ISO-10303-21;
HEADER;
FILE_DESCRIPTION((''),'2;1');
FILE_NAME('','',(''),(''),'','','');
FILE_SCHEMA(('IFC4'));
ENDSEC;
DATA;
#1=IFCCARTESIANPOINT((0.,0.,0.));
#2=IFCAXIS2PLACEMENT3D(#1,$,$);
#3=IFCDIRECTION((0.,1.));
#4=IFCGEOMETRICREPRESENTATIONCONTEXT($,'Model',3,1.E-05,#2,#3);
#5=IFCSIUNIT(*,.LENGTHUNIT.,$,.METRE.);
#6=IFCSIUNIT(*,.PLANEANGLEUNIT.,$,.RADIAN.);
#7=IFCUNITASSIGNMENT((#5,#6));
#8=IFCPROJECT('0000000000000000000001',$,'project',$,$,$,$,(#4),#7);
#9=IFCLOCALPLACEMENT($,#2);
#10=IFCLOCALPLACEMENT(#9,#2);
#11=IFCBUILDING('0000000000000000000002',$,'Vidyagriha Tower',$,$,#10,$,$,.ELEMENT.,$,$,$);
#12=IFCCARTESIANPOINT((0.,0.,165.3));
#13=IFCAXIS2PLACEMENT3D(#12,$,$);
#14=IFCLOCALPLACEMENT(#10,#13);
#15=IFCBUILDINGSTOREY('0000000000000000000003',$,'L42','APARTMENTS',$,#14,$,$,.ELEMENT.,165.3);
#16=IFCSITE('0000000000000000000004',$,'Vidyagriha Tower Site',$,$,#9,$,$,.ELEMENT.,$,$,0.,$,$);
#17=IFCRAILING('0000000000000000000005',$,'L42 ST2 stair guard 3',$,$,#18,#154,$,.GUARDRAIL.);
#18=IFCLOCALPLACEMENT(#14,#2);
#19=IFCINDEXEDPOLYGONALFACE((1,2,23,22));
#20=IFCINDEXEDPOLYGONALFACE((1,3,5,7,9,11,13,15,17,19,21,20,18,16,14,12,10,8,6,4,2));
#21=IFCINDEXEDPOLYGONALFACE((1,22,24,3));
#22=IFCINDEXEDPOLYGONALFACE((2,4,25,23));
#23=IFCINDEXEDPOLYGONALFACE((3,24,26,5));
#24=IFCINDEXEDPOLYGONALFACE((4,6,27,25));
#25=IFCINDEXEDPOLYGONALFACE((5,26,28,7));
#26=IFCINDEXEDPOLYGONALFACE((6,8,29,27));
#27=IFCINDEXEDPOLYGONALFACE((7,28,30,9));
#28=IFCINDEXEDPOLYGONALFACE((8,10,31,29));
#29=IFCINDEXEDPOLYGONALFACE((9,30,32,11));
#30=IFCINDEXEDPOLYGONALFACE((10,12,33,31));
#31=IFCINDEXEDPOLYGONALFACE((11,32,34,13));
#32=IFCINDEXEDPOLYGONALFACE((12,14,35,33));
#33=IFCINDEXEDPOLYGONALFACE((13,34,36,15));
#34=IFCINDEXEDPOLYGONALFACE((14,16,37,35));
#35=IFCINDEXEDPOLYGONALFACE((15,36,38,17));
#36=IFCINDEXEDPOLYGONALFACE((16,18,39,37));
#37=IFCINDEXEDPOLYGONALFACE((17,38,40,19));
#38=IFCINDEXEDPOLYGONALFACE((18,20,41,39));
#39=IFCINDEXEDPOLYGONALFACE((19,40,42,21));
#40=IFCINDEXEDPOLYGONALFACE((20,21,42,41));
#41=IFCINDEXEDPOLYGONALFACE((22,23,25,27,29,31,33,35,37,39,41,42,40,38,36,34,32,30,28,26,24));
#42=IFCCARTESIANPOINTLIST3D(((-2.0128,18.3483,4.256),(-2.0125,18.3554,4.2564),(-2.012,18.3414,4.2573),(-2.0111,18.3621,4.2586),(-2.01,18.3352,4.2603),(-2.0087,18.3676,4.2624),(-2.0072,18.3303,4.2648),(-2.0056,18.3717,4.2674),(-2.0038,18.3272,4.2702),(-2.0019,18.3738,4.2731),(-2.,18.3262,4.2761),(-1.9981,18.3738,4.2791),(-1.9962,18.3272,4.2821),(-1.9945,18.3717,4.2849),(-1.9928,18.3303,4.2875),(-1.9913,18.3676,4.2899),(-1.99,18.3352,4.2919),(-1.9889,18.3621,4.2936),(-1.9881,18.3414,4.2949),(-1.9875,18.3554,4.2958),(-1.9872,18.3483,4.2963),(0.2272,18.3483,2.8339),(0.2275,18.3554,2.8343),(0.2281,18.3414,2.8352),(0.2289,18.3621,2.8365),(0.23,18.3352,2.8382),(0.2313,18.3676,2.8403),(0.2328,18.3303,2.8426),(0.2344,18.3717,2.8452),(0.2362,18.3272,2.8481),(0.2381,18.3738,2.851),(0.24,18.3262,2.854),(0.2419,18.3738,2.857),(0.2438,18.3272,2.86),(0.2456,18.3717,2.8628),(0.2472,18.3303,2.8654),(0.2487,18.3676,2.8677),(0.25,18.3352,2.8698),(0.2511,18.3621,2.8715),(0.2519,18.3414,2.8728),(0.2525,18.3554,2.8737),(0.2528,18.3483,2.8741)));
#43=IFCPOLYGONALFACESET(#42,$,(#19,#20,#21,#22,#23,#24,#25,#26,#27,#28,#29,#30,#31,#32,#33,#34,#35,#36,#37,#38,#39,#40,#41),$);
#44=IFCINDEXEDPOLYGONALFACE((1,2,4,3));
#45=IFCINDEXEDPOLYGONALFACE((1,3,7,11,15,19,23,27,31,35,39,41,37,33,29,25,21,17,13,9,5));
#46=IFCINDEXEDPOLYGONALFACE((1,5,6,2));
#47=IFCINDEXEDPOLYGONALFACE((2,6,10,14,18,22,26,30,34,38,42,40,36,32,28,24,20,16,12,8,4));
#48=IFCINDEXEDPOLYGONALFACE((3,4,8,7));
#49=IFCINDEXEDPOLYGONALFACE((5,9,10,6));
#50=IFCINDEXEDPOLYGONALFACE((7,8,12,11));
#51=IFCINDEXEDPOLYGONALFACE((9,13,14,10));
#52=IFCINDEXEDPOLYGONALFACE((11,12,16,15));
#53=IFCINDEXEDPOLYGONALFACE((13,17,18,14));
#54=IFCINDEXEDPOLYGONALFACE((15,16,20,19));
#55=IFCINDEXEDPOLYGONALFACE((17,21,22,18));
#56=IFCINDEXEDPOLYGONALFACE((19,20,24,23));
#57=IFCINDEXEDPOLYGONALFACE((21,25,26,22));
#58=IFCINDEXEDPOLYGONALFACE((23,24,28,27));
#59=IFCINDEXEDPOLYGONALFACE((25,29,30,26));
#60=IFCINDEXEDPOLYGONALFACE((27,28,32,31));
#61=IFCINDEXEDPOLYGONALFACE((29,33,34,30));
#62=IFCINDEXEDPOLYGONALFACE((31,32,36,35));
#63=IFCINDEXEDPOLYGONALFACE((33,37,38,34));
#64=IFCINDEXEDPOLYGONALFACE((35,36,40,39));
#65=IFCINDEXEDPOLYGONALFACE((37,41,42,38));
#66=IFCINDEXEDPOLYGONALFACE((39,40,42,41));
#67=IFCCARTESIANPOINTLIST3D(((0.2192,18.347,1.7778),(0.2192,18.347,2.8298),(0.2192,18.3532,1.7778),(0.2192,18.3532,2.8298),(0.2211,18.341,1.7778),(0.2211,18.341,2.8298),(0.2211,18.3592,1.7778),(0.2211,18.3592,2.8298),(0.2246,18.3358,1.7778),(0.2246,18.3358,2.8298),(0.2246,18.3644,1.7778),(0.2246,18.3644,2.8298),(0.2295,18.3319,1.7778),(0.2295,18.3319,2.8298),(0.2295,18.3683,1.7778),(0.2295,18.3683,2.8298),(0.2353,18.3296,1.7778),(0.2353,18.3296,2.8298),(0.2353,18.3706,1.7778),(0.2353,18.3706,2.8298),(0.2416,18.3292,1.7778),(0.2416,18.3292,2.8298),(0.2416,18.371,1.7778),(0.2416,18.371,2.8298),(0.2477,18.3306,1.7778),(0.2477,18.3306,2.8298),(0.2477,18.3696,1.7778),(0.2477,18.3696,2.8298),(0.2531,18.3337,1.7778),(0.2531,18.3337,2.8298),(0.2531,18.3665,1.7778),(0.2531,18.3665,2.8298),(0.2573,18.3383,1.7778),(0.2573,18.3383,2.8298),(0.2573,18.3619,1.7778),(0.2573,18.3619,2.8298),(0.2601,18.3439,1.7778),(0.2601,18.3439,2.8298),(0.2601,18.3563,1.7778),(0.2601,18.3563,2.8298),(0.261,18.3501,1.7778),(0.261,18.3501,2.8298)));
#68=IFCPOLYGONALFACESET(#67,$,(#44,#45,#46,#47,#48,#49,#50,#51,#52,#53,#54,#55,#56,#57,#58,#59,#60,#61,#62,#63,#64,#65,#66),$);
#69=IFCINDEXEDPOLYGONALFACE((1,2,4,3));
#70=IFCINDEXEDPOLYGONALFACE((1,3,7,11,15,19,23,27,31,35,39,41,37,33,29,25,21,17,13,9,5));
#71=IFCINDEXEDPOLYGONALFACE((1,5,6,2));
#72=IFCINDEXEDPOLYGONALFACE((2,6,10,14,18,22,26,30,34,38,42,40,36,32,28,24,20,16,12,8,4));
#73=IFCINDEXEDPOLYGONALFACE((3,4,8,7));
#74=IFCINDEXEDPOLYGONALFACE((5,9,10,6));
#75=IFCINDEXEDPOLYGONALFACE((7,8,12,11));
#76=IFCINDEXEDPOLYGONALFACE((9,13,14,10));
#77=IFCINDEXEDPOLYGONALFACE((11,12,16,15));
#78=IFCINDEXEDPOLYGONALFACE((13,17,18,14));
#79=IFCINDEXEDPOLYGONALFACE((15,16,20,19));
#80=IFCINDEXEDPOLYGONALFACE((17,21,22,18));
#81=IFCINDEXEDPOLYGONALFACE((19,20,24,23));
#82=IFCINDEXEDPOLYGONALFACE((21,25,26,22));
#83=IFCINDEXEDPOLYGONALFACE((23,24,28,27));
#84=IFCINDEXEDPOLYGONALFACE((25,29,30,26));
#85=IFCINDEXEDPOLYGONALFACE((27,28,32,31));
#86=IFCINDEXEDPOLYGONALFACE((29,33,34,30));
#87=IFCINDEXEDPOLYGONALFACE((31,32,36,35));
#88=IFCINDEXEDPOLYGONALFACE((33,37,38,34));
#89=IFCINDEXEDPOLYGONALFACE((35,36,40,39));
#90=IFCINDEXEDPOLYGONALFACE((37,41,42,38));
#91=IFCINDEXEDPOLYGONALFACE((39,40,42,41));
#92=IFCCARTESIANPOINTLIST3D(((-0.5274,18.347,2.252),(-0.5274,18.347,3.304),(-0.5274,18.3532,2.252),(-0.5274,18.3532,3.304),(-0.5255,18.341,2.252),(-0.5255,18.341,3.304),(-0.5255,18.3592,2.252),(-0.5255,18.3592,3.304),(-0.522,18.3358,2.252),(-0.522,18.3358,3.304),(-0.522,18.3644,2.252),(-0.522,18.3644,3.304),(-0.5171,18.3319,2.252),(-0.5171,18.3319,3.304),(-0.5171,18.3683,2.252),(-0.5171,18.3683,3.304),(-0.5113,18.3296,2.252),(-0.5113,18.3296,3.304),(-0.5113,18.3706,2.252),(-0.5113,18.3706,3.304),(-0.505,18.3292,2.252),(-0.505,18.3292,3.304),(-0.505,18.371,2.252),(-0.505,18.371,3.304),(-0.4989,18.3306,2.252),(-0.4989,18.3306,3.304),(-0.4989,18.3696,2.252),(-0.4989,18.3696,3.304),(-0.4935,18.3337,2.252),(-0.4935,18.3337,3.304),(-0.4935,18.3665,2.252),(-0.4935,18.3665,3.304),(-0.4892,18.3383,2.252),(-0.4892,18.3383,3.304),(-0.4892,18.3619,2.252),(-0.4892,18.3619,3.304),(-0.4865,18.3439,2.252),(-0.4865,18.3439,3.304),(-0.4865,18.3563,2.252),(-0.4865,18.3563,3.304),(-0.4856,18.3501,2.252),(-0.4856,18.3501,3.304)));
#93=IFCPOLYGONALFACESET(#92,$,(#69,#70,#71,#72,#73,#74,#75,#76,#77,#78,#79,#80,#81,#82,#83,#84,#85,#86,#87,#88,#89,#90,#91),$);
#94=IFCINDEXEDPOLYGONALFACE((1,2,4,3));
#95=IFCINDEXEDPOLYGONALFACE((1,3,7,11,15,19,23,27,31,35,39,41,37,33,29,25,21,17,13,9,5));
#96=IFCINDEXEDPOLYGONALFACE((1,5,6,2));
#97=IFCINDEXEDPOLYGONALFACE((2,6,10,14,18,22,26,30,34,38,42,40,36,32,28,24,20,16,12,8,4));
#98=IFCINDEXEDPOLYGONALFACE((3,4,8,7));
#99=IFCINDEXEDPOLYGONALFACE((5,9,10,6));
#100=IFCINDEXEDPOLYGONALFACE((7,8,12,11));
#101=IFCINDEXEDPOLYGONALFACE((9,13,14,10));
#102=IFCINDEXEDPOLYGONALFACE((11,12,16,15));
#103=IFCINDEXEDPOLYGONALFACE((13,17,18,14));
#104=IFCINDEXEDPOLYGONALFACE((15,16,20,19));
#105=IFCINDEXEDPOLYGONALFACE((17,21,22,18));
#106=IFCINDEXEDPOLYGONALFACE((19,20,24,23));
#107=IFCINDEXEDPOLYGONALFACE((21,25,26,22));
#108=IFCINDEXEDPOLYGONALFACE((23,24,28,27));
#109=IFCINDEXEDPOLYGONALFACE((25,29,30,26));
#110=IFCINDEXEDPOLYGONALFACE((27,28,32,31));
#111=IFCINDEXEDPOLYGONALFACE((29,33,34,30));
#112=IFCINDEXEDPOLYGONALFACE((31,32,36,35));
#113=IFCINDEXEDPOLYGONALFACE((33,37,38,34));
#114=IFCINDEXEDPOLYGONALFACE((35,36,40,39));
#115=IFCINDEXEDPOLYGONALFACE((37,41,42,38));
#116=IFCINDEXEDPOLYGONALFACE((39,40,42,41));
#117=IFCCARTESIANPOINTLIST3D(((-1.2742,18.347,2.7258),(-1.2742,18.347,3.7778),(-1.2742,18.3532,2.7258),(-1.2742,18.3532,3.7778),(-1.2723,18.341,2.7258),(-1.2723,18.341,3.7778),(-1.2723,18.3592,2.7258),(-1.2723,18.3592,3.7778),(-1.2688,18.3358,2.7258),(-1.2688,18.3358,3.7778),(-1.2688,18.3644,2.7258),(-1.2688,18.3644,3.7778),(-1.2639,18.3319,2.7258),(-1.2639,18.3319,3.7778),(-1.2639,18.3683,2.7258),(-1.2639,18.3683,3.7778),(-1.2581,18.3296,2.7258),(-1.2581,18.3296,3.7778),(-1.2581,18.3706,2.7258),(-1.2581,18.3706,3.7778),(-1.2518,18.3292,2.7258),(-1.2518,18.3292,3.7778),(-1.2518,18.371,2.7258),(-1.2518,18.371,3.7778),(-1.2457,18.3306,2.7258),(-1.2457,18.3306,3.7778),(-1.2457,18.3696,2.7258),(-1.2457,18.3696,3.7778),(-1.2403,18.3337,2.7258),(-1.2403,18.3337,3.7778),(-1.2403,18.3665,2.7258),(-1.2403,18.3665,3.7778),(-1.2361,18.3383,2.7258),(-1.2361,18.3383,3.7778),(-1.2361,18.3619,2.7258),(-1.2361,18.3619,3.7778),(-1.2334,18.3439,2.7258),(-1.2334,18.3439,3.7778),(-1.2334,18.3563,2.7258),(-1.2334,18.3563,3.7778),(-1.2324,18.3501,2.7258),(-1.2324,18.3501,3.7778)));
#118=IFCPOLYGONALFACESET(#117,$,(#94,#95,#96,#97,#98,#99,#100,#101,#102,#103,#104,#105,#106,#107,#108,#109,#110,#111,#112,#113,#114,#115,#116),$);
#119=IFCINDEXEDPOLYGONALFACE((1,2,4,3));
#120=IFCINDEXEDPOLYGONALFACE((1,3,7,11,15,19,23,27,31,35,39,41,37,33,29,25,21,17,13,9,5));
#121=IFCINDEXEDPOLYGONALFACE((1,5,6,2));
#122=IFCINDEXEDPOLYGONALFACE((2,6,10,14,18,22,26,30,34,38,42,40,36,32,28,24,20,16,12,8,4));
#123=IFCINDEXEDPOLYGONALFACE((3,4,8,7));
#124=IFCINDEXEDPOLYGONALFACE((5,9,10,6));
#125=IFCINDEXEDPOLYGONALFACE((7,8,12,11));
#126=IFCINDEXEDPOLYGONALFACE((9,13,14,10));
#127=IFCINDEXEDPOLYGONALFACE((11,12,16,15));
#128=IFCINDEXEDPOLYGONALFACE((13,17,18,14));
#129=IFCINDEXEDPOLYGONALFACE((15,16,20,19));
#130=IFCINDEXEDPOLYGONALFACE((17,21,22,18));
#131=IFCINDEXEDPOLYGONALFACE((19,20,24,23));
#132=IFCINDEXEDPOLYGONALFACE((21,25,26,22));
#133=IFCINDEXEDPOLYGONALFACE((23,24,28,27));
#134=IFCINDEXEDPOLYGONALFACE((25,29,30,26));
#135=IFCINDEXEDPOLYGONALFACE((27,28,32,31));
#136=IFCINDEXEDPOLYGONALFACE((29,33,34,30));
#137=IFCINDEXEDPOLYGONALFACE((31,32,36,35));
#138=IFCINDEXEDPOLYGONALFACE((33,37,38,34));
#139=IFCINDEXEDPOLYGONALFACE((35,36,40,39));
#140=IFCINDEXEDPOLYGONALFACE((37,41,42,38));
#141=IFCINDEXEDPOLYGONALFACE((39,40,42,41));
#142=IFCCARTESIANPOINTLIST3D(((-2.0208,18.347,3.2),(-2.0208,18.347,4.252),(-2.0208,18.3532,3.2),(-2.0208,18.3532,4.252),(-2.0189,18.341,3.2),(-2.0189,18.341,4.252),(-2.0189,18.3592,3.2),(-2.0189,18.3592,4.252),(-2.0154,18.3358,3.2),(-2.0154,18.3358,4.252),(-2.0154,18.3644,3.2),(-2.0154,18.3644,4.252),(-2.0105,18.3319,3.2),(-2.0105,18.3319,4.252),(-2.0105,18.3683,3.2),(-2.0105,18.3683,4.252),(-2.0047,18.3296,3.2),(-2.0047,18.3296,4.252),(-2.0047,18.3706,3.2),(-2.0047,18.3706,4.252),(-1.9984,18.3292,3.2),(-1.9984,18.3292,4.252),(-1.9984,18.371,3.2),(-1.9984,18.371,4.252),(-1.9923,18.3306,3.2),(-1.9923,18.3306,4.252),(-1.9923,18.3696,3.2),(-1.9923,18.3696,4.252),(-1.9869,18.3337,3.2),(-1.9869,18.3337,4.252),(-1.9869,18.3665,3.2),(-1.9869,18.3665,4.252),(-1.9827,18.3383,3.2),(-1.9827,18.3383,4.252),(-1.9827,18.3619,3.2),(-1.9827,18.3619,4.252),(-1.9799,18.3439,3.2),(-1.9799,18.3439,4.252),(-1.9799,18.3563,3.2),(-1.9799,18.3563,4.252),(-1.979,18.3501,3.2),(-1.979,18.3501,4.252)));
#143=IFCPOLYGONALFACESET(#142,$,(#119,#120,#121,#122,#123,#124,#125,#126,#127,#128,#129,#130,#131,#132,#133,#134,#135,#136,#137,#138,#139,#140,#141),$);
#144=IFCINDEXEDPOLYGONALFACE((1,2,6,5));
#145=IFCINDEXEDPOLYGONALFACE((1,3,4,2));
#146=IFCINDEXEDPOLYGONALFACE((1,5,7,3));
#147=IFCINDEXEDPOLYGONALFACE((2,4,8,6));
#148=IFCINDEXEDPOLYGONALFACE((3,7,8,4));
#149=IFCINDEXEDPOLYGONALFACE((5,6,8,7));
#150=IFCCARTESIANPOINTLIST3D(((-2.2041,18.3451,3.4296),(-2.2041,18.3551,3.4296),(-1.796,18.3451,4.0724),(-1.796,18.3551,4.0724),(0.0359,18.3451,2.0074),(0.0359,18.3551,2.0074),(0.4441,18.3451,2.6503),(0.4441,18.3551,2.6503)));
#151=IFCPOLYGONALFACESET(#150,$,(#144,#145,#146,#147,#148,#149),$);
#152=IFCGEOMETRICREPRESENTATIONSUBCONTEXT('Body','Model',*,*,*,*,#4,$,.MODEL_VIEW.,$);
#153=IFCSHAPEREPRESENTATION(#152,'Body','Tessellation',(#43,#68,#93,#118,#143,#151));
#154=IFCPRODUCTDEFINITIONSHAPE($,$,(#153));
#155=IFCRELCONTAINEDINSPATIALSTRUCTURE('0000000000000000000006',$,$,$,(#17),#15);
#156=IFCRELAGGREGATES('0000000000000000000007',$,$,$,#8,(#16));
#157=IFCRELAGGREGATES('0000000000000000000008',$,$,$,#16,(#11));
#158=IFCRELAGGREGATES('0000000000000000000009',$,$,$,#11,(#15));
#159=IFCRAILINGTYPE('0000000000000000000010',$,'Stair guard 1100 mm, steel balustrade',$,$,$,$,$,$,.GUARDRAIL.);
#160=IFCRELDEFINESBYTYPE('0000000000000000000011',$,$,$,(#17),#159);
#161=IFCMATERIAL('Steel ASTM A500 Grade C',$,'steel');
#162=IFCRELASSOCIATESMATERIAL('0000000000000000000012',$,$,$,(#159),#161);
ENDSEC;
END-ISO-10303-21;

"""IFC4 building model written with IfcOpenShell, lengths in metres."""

from ifc_helpers import new_model, si_unit, direction, frame, origin, origin_2d, place, context, subcontext, project, spatial, rectangle, circle, extrude, material, type_object, element, save


model = new_model("IFC4")

# Units and contexts
model_context = context("Model", 3, precision=1e-05, world=origin(), true_north=direction((0.0, 1.0)))
body_context = subcontext(model_context, "Body", "Model", "MODEL_VIEW")
ifc_project = project(units=[si_unit("LENGTHUNIT", "METRE"), si_unit("PLANEANGLEUNIT", "RADIAN")], contexts=[model_context])

# Site, building, storey
site_placement = place(None, origin())
site = spatial("IfcSite", under=ifc_project, at=site_placement, Name="Vidyagriha Tower Site", CompositionType="ELEMENT", RefElevation=0.0)
building_placement = place(site_placement, origin())
building = spatial("IfcBuilding", under=site, at=building_placement, Name="Vidyagriha Tower", CompositionType="ELEMENT")
storey_placement = place(building_placement, frame((0.0, 0.0, 165.3)))
storey = spatial("IfcBuildingStorey", under=building, at=storey_placement, Name="L42", Description="APARTMENTS", CompositionType="ELEMENT", Elevation=165.3)

# Railing
ifc_material_1 = material(Name="Steel ASTM A500 Grade C", Category="steel")
railing_type_1 = type_object("IfcRailingType", Name="Stair guard 1100 mm, steel balustrade", PredefinedType="GUARDRAIL", material=ifc_material_1)
railing_1_placement = place(storey_placement, frame((0.24, 18.3501, 1.7778)))
element("IfcRailing", 1, at=railing_1_placement, inside=storey, type_object=railing_type_1, Name="L42 ST2 stair guard 3", PredefinedType="GUARDRAIL", context=body_context, shape_type="SweptSolid", body=[
    extrude(circle(Radius=0.0239, at=origin_2d()), frame((0.0, 0.0, 1.0762), z_axis=(-0.844229, 0.0, 0.535982), x_axis=(0.0, -1.0, 0.0)), (0.0, 0.0, 1.0), 2.6533),
    extrude(circle(Radius=0.021, at=origin_2d()), origin(), (0.0, 0.0, 1.0), 1.052),
    extrude(circle(Radius=0.021, at=origin_2d()), frame((-0.7466, 0.0, 0.4741)), (0.0, 0.0, 1.0), 1.052),
    extrude(circle(Radius=0.021, at=origin_2d()), frame((-1.4934, 0.0, 0.948)), (0.0, 0.0, 1.0), 1.052),
    extrude(circle(Radius=0.021, at=origin_2d()), frame((-2.24, 0.0, 1.4221)), (0.0, 0.0, 1.0), 1.052),
    extrude(rectangle(XDim=0.01, YDim=0.7615, at=origin_2d()), frame((0.0, 0.0, 0.551), z_axis=(-0.844229, 0.0, 0.535982), x_axis=(0.0, -1.0, 0.0)), (0.0, 0.0, 1.0), 2.6533),
])

save(model, "model.ifc")
